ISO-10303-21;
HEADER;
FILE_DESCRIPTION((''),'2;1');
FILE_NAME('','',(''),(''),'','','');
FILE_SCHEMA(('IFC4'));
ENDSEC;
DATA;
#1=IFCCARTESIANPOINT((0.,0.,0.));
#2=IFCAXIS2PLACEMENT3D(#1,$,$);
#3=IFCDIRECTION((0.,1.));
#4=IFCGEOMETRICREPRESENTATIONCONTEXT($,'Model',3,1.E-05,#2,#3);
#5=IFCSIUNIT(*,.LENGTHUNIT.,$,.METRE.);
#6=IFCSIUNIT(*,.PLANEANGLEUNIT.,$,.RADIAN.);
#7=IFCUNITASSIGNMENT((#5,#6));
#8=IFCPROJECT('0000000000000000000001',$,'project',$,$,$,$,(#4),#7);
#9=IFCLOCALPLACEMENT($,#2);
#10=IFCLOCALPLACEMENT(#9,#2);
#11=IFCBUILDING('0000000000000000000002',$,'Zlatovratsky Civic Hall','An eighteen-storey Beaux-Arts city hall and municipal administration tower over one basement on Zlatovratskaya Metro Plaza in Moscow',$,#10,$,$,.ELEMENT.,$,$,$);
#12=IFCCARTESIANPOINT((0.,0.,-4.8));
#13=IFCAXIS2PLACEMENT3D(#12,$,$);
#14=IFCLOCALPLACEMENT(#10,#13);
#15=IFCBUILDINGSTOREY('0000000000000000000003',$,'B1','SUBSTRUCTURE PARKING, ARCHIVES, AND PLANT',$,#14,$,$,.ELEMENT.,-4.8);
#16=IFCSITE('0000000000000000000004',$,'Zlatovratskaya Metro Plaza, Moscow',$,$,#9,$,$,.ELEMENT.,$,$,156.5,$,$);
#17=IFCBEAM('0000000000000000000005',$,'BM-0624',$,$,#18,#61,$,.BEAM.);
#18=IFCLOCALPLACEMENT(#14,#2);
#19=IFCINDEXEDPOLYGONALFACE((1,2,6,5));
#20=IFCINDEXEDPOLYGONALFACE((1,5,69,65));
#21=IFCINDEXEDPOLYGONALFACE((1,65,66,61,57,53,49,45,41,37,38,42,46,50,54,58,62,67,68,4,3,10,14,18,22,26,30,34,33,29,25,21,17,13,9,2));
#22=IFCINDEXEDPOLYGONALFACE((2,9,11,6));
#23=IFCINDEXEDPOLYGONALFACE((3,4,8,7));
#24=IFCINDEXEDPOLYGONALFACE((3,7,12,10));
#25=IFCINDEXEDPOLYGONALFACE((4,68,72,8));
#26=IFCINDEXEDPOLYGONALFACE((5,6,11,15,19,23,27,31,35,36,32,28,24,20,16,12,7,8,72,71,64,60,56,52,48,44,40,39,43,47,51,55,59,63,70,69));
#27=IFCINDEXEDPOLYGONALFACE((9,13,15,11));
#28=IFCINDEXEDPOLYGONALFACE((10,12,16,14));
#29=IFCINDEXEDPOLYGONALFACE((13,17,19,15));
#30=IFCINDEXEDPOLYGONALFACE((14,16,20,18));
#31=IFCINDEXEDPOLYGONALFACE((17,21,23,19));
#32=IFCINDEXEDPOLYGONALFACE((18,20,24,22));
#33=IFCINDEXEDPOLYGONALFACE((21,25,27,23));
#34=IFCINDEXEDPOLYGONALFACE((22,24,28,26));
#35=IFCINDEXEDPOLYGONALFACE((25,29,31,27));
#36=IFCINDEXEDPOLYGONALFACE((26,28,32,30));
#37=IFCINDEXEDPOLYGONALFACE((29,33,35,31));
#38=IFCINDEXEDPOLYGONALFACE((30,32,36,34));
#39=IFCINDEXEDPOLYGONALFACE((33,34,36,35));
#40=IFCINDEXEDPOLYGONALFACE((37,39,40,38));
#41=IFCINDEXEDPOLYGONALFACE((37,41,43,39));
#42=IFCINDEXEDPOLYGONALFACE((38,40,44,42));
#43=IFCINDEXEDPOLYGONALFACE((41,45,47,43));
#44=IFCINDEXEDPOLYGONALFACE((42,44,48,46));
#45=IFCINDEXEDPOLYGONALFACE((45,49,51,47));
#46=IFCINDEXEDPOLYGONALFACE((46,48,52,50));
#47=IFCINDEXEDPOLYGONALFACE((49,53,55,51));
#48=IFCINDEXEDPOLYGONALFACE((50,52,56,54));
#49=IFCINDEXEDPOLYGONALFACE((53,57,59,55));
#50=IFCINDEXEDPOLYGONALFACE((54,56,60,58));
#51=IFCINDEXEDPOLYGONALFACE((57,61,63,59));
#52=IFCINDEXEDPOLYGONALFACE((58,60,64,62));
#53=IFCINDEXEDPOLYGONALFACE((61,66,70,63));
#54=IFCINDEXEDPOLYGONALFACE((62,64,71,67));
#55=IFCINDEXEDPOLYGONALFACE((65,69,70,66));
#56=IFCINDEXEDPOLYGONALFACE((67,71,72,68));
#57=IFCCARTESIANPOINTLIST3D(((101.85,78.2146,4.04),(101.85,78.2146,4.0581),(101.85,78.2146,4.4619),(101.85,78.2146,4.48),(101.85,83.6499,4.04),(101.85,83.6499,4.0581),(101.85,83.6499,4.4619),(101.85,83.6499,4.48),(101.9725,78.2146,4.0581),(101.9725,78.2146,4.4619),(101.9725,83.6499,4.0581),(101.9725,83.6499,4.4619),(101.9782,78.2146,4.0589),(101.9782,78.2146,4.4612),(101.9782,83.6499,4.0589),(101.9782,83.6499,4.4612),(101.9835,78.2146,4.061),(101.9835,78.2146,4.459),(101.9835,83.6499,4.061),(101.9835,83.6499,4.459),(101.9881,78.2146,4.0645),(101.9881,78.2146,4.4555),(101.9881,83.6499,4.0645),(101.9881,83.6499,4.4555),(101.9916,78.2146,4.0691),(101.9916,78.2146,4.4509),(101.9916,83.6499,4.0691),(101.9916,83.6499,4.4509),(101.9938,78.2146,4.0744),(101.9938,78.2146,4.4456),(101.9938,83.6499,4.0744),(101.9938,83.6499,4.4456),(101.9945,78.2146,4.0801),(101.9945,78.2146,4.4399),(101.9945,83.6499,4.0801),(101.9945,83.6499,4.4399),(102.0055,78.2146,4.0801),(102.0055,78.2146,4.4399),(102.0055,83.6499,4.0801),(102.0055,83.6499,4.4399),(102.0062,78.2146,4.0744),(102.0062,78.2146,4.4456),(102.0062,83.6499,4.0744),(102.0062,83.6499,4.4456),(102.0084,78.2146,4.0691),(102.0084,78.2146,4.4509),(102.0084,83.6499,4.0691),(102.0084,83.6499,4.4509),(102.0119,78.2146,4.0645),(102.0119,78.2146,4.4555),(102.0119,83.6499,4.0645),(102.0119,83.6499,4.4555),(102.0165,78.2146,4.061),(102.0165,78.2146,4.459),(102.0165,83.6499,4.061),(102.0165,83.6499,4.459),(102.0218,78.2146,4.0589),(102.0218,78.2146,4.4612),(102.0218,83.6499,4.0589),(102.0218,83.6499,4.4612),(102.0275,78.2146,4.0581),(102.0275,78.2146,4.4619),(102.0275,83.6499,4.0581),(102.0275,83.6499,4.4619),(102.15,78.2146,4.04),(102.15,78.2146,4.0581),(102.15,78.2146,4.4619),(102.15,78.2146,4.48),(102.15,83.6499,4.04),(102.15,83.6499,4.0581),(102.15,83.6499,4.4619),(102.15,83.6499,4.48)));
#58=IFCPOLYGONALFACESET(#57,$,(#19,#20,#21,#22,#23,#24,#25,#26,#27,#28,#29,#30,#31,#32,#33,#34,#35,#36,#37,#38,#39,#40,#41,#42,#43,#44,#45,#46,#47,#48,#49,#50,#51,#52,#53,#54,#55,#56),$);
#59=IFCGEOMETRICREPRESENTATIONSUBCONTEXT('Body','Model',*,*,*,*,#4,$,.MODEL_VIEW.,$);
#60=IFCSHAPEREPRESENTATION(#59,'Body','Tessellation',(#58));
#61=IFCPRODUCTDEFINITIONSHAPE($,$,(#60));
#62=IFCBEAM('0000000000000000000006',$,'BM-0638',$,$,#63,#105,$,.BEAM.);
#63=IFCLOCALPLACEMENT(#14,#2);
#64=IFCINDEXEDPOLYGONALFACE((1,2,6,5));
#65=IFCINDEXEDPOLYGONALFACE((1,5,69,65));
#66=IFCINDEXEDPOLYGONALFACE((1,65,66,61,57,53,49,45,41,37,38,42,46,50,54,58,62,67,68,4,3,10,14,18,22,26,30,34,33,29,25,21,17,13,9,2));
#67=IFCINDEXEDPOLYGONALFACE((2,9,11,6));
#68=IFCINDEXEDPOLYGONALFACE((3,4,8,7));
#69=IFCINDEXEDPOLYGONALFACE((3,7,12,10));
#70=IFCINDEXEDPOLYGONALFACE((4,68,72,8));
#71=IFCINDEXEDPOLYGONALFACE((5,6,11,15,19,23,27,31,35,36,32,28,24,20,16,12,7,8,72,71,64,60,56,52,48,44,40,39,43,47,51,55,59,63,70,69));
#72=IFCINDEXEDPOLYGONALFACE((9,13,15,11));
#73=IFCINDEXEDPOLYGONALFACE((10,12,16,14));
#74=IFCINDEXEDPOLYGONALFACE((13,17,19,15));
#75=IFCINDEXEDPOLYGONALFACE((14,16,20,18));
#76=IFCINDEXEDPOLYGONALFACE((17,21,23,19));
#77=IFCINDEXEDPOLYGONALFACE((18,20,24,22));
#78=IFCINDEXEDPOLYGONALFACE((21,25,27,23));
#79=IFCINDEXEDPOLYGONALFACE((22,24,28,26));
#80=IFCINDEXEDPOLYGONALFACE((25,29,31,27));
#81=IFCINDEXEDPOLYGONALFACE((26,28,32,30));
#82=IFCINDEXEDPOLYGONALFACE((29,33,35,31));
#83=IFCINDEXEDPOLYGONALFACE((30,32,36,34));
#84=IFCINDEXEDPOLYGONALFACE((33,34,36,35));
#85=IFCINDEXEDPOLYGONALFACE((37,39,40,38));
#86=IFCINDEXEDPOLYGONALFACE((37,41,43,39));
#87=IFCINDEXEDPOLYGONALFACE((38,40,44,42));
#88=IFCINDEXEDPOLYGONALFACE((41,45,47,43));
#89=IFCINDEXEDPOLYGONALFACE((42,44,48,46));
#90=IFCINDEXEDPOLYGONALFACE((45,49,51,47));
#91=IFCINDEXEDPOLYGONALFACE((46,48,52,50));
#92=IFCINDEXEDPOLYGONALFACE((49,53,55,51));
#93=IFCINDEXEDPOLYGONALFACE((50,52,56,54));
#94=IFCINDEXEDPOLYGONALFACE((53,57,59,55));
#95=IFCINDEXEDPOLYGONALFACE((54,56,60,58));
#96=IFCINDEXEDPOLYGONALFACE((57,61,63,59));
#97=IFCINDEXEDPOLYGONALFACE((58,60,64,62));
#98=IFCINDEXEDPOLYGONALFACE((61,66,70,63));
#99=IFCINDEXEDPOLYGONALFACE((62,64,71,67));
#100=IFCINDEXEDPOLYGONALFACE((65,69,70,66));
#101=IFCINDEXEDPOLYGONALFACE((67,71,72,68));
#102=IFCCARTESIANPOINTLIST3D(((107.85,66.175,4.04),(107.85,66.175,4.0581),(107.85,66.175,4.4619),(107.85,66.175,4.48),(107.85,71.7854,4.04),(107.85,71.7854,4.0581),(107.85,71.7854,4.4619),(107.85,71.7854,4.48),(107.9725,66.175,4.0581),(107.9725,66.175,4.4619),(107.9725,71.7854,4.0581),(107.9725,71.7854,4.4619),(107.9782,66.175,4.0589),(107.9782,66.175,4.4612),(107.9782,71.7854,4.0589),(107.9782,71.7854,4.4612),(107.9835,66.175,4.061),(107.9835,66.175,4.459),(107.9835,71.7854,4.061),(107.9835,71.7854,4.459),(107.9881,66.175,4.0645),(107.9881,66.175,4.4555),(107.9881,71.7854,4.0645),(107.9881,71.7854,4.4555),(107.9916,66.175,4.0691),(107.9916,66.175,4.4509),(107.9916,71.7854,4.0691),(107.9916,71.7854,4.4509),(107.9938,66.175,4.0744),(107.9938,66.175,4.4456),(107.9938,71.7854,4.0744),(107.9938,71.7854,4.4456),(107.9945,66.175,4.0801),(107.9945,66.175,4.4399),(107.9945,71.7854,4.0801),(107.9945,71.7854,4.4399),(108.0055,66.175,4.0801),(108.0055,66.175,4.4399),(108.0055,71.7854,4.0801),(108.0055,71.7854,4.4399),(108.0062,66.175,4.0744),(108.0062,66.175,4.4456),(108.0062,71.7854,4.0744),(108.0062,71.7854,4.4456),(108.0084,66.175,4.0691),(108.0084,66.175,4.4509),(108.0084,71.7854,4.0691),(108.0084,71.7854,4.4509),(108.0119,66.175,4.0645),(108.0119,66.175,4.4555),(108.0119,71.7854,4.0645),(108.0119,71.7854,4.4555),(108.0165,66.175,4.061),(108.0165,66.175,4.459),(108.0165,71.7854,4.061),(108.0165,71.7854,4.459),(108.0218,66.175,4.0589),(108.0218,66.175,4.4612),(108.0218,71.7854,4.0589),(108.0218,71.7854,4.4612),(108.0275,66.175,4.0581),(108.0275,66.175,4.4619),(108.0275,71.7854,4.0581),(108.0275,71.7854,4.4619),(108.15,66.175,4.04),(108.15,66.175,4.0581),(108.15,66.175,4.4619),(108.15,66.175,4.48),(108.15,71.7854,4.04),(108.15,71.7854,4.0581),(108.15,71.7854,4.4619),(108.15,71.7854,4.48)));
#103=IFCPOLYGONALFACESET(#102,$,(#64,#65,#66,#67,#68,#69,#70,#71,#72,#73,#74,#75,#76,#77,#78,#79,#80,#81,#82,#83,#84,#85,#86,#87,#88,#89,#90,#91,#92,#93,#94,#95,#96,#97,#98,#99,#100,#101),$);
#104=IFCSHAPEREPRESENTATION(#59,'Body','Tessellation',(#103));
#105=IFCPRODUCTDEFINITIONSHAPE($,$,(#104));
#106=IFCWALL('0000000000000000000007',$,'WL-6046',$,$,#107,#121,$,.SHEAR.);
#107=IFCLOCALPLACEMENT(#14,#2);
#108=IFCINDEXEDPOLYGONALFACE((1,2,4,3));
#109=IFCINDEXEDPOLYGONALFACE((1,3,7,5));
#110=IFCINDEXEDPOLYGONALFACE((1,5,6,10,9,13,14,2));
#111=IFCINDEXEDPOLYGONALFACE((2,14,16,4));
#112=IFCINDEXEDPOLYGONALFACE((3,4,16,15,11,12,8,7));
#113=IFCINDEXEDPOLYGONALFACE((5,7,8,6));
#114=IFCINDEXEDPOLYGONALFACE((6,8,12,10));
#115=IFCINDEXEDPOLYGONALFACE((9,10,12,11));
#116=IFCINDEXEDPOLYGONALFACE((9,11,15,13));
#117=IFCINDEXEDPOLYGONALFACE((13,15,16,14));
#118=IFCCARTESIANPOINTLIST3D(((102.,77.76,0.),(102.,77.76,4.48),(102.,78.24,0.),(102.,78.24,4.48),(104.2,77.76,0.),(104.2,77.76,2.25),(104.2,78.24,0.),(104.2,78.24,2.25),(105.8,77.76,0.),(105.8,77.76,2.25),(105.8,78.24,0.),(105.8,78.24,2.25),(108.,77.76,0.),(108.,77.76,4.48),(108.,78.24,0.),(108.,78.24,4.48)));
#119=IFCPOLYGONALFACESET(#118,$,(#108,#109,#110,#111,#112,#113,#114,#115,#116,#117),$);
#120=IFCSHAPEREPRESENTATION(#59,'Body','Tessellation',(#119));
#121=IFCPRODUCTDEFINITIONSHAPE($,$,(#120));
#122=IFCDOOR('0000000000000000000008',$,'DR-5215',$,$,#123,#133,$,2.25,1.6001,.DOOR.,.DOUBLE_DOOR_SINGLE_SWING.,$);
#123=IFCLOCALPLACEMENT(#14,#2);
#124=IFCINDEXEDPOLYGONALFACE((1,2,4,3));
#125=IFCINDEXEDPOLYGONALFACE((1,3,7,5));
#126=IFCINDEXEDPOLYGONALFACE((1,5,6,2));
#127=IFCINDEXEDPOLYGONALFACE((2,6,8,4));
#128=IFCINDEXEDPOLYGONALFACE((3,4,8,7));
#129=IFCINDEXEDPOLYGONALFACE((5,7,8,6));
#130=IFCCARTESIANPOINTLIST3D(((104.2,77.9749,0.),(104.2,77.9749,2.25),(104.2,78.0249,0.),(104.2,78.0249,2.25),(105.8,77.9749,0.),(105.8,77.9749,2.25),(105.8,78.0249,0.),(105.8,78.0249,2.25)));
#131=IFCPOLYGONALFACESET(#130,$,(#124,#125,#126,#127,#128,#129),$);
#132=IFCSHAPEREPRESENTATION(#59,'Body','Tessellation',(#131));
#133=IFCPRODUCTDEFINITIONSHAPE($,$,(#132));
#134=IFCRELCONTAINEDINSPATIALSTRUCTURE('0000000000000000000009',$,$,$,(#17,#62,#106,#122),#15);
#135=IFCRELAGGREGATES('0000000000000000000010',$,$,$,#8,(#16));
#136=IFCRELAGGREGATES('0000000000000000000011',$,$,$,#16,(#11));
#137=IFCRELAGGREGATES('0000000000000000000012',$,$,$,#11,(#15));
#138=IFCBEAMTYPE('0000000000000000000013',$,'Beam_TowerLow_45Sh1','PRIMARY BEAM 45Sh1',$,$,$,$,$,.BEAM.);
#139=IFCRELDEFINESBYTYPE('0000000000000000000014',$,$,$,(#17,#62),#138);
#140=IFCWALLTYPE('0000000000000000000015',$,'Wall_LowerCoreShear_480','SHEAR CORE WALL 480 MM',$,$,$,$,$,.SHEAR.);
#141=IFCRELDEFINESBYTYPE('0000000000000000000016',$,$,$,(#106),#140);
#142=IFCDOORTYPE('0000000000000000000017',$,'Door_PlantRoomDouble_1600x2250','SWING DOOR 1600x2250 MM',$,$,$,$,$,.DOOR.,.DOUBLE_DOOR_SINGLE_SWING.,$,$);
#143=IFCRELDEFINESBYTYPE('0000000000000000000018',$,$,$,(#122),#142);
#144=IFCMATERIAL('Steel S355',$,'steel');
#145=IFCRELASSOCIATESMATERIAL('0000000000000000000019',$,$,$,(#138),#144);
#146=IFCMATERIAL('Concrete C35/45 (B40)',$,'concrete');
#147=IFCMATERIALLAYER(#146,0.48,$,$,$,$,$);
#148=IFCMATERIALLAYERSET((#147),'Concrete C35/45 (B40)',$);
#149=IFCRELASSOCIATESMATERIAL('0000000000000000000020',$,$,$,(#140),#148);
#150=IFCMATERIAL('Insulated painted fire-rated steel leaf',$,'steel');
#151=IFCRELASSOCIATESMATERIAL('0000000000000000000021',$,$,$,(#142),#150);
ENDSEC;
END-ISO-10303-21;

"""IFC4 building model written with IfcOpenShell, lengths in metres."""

from ifc_helpers import new_model, si_unit, direction, frame, frame_2d, origin, origin_2d, place, context, subcontext, project, spatial, rectangle, i_section, extrude, material, layer, layer_set, material_profile, profile_set, type_object, element, fill, save


model = new_model("IFC4")

# Units and contexts
model_context = context("Model", 3, precision=1e-05, world=origin(), true_north=direction((0.0, 1.0)))
body_context = subcontext(model_context, "Body", "Model", "MODEL_VIEW")
ifc_project = project(units=[si_unit("LENGTHUNIT", "METRE"), si_unit("PLANEANGLEUNIT", "RADIAN")], contexts=[model_context])

# Site, building, storey
site_placement = place(None, origin())
site = spatial("IfcSite", under=ifc_project, at=site_placement, Name="Zlatovratskaya Metro Plaza, Moscow", CompositionType="ELEMENT", RefElevation=156.5)
building_placement = place(site_placement, origin())
building = spatial("IfcBuilding", under=site, at=building_placement, Name="Zlatovratsky Civic Hall", Description="An eighteen-storey Beaux-Arts city hall and municipal administration tower over one basement on Zlatovratskaya Metro Plaza in Moscow", CompositionType="ELEMENT")
storey_placement = place(building_placement, frame((0.0, 0.0, -4.8)))
storey = spatial("IfcBuildingStorey", under=building, at=storey_placement, Name="B1", Description="SUBSTRUCTURE PARKING, ARCHIVES, AND PLANT", CompositionType="ELEMENT", Elevation=-4.8)

# Shared definitions
ifc_material_1 = material(Name="Concrete C35/45 (B40)", Category="concrete")
ifc_material_2 = material(Name="Steel S355", Category="steel")

# Beams
ifc_material_profile_1 = material_profile(ifc_material_2, i_section(OverallWidth=0.3, OverallDepth=0.4399, WebThickness=0.011, FlangeThickness=0.0181, FilletRadius=0.022, at=origin_2d()), Name="45Sh1")
ifc_profile_set_1 = profile_set([ifc_material_profile_1], Name="Steel S355")
beam_type = type_object("IfcBeamType", Name="Beam_TowerLow_45Sh1", Description="PRIMARY BEAM 45Sh1", PredefinedType="BEAM", material=ifc_profile_set_1)
beam_1_placement = place(storey_placement, frame((102.0, 78.2146, 4.26), z_axis=(0.0, 1.0, 0.0), x_axis=(-1.0, 0.0, 0.0)))
element("IfcBeam", 1, at=beam_1_placement, inside=storey, type_object=beam_type, Name="BM-0624", PredefinedType="BEAM", context=body_context, shape_type="SweptSolid", body=[
    extrude(i_section(OverallWidth=0.3, OverallDepth=0.4399, WebThickness=0.011, FlangeThickness=0.0181, FilletRadius=0.022, at=origin_2d()), origin(), (0.0, 0.0, 1.0), 5.4353),
])
beam_2_placement = place(storey_placement, frame((108.0, 66.175, 4.26), z_axis=(0.0, 1.0, 0.0), x_axis=(-1.0, 0.0, 0.0)))
element("IfcBeam", 2, at=beam_2_placement, inside=storey, type_object=beam_type, Name="BM-0638", PredefinedType="BEAM", context=body_context, shape_type="SweptSolid", body=[
    extrude(i_section(OverallWidth=0.3, OverallDepth=0.4399, WebThickness=0.011, FlangeThickness=0.0181, FilletRadius=0.022, at=origin_2d()), origin(), (0.0, 0.0, 1.0), 5.6104),
])

# Wall, opening, door
ifc_layer = layer(ifc_material_1, 0.48)
ifc_layer_set = layer_set([ifc_layer], Name="Concrete C35/45 (B40)")
wall_type = type_object("IfcWallType", Name="Wall_LowerCoreShear_480", Description="SHEAR CORE WALL 480 MM", PredefinedType="SHEAR", material=ifc_layer_set)
wall_placement = place(storey_placement, frame((102.0, 78.0, 0.0), z_axis=(0.0, 0.0, 1.0), x_axis=(1.0, 0.0, 0.0)))
wall = element("IfcWall", 3, at=wall_placement, inside=storey, type_object=wall_type, Name="WL-6046", PredefinedType="SHEAR", context=body_context, shape_type="SweptSolid", body=[
    extrude(rectangle(XDim=6.0, YDim=0.48, at=frame_2d((3.0, 0.0))), origin(), (0.0, 0.0, 1.0), 4.48),
])
opening_placement = place(wall_placement, frame((2.2, 0.0, 0.0)))
opening = element("IfcOpeningElement", 4, at=opening_placement, cuts=wall, PredefinedType="OPENING", context=body_context, shape_type="SweptSolid", body=[
    extrude(rectangle(XDim=1.6001, YDim=2.25, at=frame_2d((0.8, 1.125))), frame((0.0, 0.2549, 0.0), z_axis=(0.0, -1.0, 0.0), x_axis=(1.0, 0.0, 0.0)), (0.0, 0.0, 1.0), 0.5098),
])
ifc_material_3 = material(Name="Insulated painted fire-rated steel leaf", Category="steel")
door_type = type_object("IfcDoorType", Name="Door_PlantRoomDouble_1600x2250", Description="SWING DOOR 1600x2250 MM", OperationType="DOUBLE_DOOR_SINGLE_SWING", PredefinedType="DOOR", material=ifc_material_3)
door_placement = place(opening_placement, origin())
door = element("IfcDoor", 5, at=door_placement, inside=storey, type_object=door_type, Name="DR-5215", OperationType="DOUBLE_DOOR_SINGLE_SWING", OverallHeight=2.25, OverallWidth=1.6001, PredefinedType="DOOR", context=body_context, shape_type="SweptSolid", body=[
    extrude(rectangle(XDim=1.6001, YDim=2.25, at=frame_2d((0.8, 1.125))), frame((0.0, 0.0249, 0.0), z_axis=(0.0, -1.0, 0.0), x_axis=(1.0, 0.0, 0.0)), (0.0, 0.0, 1.0), 0.05),
])
fill(opening, door)

save(model, "model.ifc")
